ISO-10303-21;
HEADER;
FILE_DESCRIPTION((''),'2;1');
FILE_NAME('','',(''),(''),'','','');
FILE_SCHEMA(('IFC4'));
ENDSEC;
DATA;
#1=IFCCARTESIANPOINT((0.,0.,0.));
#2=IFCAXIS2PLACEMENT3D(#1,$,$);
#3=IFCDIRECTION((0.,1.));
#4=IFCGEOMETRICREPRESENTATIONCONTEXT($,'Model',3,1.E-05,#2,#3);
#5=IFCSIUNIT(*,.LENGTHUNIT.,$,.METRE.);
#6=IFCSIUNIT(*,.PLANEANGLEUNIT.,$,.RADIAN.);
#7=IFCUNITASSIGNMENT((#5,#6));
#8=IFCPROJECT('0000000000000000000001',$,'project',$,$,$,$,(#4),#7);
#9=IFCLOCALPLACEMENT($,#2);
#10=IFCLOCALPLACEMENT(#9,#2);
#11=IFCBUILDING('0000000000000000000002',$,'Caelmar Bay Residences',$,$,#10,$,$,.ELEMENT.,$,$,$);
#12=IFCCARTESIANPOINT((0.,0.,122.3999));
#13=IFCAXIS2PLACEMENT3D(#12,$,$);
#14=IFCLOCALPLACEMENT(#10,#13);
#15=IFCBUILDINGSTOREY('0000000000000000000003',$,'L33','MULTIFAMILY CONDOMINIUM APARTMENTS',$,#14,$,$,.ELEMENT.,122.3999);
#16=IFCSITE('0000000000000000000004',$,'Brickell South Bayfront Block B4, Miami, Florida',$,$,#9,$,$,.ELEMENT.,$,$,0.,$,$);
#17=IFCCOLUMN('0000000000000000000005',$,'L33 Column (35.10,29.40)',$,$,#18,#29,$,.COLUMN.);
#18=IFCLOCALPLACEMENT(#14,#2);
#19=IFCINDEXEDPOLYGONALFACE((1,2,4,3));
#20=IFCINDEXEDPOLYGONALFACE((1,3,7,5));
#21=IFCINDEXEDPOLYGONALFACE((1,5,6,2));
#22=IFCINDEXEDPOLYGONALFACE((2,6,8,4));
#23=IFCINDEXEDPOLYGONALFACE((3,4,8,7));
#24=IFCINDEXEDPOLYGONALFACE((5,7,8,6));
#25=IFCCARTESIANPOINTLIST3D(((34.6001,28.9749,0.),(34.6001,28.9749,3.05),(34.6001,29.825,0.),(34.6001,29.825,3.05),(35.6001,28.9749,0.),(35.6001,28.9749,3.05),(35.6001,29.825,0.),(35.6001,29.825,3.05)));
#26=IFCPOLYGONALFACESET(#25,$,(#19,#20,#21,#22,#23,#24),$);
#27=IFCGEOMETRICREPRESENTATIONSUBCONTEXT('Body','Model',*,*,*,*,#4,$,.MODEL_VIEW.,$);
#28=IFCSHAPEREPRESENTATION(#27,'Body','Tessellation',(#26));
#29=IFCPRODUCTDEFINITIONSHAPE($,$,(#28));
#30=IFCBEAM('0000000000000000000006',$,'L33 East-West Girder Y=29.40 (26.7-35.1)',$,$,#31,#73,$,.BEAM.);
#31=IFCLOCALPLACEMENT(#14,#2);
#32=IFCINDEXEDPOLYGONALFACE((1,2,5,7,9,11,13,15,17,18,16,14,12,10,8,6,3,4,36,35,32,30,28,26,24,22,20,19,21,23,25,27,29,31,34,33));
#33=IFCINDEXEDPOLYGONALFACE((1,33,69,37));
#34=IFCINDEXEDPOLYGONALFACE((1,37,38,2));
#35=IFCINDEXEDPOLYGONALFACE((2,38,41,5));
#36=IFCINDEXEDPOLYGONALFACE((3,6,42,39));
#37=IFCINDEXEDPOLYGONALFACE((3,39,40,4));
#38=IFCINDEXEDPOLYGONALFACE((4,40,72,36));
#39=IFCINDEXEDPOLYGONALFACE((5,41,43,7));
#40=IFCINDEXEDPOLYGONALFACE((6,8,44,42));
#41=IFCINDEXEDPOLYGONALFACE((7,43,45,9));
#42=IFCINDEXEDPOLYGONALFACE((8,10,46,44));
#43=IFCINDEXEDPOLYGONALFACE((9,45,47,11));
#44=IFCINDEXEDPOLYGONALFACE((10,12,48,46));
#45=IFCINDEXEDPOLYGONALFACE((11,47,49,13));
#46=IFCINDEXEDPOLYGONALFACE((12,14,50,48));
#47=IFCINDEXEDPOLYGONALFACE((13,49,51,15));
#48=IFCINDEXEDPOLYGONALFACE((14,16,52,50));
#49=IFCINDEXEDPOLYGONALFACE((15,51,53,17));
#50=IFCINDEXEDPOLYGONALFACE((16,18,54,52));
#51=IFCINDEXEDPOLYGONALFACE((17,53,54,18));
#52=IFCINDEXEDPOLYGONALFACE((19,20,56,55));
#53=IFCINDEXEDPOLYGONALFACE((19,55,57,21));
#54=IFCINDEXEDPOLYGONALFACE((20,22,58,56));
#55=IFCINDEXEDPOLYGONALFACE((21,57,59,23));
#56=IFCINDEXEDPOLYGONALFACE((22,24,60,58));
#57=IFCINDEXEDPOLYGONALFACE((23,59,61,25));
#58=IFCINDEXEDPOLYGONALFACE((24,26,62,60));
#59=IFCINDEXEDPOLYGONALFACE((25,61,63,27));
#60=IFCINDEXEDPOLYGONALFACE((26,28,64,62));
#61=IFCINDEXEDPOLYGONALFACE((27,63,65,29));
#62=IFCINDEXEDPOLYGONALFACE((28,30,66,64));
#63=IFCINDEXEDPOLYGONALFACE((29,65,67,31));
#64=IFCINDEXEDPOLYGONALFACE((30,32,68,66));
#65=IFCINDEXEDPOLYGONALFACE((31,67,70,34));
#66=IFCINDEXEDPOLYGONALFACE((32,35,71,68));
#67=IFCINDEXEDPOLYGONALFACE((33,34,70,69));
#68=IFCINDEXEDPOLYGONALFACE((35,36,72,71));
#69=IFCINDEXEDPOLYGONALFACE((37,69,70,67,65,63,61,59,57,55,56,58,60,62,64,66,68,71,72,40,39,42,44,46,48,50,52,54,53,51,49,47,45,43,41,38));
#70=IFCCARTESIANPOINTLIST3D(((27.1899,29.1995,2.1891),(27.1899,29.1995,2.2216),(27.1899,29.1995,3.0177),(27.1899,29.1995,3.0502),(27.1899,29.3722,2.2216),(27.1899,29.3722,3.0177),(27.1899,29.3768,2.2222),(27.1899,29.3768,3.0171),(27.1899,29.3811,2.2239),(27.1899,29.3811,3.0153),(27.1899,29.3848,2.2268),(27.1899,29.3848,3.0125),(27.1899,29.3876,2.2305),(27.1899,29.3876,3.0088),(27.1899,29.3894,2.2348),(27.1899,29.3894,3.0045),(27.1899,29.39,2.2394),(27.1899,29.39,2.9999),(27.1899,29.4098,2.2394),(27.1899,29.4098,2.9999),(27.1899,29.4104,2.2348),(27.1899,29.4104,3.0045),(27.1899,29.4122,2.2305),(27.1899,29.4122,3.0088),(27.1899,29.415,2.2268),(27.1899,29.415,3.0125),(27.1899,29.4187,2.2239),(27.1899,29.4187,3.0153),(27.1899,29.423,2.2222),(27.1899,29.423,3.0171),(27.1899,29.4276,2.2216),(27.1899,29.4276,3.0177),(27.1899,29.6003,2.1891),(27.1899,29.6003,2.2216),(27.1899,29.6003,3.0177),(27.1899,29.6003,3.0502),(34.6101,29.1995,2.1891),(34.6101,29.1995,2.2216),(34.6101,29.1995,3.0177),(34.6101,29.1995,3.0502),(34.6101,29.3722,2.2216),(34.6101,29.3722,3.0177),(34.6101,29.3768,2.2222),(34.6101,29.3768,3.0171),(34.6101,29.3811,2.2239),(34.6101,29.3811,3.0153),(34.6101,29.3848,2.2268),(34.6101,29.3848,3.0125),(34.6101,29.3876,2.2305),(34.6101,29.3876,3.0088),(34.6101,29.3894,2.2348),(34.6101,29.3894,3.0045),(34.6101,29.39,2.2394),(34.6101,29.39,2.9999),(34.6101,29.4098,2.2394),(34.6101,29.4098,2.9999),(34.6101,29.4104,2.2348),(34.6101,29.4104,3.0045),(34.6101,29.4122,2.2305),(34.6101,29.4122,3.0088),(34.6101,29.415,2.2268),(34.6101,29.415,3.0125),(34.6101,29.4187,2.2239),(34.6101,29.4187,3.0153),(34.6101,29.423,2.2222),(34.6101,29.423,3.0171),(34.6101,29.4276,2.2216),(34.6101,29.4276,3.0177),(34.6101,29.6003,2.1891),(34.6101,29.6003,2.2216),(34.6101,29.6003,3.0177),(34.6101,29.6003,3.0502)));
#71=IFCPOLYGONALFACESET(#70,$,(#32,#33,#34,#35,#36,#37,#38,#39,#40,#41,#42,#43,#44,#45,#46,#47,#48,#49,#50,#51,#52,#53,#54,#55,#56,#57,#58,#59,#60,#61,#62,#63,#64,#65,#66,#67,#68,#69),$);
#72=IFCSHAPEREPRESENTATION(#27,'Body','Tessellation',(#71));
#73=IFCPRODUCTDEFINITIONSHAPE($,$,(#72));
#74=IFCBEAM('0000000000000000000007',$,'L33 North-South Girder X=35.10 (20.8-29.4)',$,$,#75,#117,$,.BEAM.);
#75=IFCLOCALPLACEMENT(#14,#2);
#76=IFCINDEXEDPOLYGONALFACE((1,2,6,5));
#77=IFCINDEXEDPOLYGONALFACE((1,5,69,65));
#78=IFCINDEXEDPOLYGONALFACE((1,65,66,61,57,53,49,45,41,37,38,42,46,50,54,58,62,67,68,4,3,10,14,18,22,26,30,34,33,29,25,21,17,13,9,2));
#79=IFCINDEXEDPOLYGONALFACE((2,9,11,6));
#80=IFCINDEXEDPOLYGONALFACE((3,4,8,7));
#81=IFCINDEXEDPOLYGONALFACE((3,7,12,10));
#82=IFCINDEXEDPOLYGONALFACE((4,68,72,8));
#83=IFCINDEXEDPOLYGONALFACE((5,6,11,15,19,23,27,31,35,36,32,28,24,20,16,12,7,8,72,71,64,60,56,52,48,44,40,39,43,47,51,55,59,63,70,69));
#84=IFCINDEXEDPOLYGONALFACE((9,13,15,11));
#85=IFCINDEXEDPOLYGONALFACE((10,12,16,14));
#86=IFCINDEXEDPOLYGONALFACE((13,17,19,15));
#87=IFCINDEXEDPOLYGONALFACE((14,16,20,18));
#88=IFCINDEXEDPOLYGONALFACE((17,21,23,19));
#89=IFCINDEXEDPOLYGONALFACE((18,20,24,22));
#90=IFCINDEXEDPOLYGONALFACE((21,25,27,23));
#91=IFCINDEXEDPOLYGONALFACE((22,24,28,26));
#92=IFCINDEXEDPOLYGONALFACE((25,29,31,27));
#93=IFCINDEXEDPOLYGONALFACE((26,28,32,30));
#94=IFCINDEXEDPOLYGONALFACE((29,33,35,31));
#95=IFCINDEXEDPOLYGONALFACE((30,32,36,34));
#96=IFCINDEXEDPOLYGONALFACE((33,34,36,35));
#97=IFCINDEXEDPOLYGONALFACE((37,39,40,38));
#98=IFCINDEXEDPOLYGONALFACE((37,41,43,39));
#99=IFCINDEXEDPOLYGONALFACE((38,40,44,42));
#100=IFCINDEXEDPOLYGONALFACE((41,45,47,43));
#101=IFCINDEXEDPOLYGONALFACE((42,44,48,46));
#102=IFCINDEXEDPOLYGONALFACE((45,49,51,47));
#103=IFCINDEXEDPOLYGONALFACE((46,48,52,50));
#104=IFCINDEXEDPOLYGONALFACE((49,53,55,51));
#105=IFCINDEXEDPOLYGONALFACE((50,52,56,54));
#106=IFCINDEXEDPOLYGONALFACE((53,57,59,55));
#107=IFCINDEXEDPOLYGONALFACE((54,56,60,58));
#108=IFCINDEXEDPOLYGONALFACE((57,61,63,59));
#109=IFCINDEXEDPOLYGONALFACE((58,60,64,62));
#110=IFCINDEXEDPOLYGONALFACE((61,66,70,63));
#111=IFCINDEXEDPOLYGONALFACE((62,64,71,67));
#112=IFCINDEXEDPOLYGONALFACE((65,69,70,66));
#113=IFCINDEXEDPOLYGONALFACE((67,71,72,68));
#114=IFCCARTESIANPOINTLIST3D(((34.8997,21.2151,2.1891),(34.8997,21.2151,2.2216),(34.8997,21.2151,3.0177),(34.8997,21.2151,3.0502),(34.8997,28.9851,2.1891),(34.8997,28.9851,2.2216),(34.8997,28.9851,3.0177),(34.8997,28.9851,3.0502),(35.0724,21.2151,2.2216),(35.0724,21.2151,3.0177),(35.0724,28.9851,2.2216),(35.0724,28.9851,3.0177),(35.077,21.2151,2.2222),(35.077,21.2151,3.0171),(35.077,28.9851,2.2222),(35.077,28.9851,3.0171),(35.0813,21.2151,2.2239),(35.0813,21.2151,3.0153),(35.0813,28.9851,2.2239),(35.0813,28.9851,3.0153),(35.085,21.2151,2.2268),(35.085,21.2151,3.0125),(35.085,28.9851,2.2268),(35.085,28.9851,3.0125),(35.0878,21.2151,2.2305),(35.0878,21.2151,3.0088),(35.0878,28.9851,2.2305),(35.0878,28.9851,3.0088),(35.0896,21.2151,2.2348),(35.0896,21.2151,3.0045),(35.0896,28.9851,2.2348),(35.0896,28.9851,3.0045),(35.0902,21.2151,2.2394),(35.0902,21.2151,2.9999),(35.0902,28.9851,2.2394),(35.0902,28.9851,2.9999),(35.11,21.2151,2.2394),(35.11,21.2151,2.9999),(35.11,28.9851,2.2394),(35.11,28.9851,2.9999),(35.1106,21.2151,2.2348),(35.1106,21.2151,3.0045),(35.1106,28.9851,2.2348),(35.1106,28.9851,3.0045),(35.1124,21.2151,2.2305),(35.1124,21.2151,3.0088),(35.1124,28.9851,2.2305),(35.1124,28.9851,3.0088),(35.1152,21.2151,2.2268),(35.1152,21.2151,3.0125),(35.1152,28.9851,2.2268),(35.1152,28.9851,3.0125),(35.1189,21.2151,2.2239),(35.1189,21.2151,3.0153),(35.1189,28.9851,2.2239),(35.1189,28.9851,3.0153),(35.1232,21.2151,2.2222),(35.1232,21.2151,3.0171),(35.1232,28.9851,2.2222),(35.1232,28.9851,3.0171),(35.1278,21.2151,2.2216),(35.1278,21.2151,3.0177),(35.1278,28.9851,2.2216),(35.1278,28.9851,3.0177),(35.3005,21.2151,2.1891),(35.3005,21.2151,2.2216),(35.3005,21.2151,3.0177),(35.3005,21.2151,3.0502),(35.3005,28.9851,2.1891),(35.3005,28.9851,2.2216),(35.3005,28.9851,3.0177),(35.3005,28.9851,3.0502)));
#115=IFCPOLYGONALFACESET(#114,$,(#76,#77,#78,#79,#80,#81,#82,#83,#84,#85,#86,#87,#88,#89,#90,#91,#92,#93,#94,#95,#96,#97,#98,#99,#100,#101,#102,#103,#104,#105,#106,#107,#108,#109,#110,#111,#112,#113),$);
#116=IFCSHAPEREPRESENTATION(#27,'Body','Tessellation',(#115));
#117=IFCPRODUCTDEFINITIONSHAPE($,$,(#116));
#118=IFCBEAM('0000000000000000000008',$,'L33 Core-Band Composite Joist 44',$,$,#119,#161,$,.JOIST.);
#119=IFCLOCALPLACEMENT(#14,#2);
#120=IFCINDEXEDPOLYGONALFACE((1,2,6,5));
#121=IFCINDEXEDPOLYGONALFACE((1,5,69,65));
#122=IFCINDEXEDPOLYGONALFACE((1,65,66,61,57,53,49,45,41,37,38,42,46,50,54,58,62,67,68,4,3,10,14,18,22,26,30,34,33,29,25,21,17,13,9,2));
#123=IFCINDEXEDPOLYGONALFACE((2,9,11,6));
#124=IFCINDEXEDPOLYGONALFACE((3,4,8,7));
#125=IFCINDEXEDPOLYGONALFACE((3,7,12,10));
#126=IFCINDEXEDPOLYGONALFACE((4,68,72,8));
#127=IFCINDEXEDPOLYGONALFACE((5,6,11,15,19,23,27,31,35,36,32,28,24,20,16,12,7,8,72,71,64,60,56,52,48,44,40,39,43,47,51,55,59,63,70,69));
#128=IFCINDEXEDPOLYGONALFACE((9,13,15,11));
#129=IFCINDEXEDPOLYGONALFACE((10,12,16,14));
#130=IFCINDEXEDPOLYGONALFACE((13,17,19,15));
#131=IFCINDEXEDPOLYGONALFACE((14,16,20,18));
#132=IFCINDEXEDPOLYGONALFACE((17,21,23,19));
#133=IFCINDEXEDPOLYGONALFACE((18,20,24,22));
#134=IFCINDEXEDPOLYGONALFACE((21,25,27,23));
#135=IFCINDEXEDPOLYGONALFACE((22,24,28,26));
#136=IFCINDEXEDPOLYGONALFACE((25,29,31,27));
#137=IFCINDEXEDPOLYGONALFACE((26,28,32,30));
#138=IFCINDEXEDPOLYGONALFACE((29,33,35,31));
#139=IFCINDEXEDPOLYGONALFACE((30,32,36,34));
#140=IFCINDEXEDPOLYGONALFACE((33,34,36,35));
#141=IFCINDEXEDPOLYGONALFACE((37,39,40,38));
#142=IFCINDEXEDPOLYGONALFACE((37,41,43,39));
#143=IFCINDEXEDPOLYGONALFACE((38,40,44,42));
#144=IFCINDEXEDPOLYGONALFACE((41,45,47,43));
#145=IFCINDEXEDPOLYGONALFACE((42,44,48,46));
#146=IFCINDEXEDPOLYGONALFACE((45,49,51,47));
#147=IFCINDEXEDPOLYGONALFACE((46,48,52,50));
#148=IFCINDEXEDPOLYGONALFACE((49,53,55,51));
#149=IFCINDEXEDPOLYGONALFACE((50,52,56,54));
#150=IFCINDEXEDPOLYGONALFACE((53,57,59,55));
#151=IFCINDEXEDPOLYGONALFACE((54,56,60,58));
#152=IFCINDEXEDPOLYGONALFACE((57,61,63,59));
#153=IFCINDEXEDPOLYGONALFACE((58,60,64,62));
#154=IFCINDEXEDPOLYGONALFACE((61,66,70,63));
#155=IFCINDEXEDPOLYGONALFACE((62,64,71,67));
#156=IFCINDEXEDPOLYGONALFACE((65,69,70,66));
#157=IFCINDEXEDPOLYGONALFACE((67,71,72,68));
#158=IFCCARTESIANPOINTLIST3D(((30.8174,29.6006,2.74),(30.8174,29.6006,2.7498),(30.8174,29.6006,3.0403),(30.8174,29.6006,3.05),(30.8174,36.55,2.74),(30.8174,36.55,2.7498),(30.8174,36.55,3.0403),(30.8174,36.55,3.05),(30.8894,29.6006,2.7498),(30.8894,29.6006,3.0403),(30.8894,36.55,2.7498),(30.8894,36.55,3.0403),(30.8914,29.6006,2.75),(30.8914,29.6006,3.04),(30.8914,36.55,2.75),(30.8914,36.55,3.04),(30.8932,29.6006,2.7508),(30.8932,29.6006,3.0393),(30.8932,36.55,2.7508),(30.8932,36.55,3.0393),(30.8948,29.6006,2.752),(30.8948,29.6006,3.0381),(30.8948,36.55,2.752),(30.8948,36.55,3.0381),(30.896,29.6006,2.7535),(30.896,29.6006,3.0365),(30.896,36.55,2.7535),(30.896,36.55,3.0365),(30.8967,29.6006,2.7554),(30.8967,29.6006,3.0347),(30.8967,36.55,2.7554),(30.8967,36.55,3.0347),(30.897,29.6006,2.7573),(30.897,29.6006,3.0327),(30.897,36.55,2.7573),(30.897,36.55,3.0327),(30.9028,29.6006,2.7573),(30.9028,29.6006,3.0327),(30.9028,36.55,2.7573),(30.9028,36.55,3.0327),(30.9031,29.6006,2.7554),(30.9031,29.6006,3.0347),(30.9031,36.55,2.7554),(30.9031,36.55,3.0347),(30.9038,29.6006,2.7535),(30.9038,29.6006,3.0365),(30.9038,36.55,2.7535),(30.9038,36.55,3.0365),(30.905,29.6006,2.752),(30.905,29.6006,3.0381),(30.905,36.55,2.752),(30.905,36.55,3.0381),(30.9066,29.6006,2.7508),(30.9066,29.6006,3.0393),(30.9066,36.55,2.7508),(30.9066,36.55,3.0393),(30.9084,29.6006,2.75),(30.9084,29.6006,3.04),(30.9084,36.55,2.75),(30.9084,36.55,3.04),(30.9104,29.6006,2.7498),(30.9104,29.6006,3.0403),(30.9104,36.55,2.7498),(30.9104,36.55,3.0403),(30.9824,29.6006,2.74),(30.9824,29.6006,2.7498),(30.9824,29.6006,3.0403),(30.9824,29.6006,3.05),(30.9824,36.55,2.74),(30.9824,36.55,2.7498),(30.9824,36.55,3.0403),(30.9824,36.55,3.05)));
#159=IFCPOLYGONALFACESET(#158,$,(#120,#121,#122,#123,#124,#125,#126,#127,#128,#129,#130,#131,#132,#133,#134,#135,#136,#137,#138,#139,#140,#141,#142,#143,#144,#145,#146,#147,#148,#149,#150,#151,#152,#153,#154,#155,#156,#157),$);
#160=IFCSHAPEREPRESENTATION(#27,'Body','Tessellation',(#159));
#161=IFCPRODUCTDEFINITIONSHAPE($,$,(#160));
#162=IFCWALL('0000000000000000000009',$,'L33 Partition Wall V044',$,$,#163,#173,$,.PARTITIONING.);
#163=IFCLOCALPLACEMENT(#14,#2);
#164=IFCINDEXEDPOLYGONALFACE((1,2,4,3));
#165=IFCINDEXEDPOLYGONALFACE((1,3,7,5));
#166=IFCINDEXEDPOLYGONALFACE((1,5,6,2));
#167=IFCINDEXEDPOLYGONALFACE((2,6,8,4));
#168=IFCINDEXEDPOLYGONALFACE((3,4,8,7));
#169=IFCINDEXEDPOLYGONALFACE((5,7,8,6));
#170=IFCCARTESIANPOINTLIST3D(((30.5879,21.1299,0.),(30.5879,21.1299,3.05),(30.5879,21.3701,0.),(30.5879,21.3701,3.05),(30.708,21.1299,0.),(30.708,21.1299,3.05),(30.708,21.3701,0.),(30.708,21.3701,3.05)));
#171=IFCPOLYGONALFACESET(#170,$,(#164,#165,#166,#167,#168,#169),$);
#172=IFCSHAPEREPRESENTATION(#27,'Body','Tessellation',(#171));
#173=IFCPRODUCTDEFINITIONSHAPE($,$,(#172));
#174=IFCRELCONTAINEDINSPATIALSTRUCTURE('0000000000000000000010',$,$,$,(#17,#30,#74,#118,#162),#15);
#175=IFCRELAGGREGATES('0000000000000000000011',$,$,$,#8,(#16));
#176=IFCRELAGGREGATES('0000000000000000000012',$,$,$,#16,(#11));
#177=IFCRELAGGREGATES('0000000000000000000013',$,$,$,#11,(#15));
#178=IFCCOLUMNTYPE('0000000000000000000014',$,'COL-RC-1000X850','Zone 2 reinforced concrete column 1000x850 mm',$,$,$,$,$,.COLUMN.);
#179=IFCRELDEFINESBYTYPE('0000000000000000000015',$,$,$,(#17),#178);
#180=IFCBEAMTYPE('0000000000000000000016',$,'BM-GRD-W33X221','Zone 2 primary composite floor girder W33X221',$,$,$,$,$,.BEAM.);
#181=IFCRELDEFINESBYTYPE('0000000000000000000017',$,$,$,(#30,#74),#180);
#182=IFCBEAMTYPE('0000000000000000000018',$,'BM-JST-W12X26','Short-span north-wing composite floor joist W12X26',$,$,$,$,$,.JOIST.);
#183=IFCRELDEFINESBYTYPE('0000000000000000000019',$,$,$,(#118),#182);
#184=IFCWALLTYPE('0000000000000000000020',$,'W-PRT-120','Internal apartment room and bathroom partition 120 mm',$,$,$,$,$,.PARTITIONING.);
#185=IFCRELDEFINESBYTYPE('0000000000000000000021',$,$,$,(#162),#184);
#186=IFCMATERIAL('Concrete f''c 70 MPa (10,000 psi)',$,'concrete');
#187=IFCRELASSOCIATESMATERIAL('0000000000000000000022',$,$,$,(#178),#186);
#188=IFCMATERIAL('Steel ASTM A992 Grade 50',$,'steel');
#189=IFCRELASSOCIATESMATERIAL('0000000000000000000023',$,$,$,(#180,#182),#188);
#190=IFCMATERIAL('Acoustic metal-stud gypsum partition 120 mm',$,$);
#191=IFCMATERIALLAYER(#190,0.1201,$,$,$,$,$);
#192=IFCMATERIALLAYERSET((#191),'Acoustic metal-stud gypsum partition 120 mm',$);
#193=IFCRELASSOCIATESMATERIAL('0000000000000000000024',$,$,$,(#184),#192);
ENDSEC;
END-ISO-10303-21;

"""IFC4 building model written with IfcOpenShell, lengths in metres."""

from ifc_helpers import new_model, si_unit, direction, frame, frame_2d, origin, origin_2d, place, context, subcontext, project, spatial, rectangle, i_section, extrude, material, layer, layer_set, material_profile, profile_set, type_object, element, save


model = new_model("IFC4")

# Units and contexts
model_context = context("Model", 3, precision=1e-05, world=origin(), true_north=direction((0.0, 1.0)))
body_context = subcontext(model_context, "Body", "Model", "MODEL_VIEW")
ifc_project = project(units=[si_unit("LENGTHUNIT", "METRE"), si_unit("PLANEANGLEUNIT", "RADIAN")], contexts=[model_context])

# Site, building, storey
site_placement = place(None, origin())
site = spatial("IfcSite", under=ifc_project, at=site_placement, Name="Brickell South Bayfront Block B4, Miami, Florida", CompositionType="ELEMENT", RefElevation=0.0)
building_placement = place(site_placement, origin())
building = spatial("IfcBuilding", under=site, at=building_placement, Name="Caelmar Bay Residences", CompositionType="ELEMENT")
storey_placement = place(building_placement, frame((0.0, 0.0, 122.3999)))
storey = spatial("IfcBuildingStorey", under=building, at=storey_placement, Name="L33", Description="MULTIFAMILY CONDOMINIUM APARTMENTS", CompositionType="ELEMENT", Elevation=122.3999)

# Column
ifc_material_1 = material(Name="Concrete f'c 70 MPa (10,000 psi)", Category="concrete")
ifc_material_profile_1 = material_profile(ifc_material_1, rectangle(XDim=1.0, YDim=0.8501, at=origin_2d()), Name="RC-COL-1000X850")
ifc_profile_set_1 = profile_set([ifc_material_profile_1], Name="Concrete f'c 70 MPa (10,000 psi)")
column_type = type_object("IfcColumnType", Name="COL-RC-1000X850", Description="Zone 2 reinforced concrete column 1000x850 mm", PredefinedType="COLUMN", material=ifc_profile_set_1)
column_placement = place(storey_placement, frame((35.1001, 29.3999, 0.0), z_axis=(0.0, 0.0, 1.0), x_axis=(1.0, 0.0, 0.0)))
element("IfcColumn", 1, at=column_placement, inside=storey, type_object=column_type, Name="L33 Column (35.10,29.40)", PredefinedType="COLUMN", context=body_context, shape_type="SweptSolid", body=[
    extrude(rectangle(XDim=1.0, YDim=0.8501, at=origin_2d()), origin(), (0.0, 0.0, 1.0), 3.05),
])

# Beams
ifc_material_2 = material(Name="Steel ASTM A992 Grade 50", Category="steel")
ifc_material_profile_2 = material_profile(ifc_material_2, i_section(OverallWidth=0.4009, OverallDepth=0.8611, WebThickness=0.0198, FlangeThickness=0.0325, FilletRadius=0.0178, at=origin_2d()), Name="W33X221")
ifc_profile_set_2 = profile_set([ifc_material_profile_2], Name="Steel ASTM A992 Grade 50")
beam_type_1 = type_object("IfcBeamType", Name="BM-GRD-W33X221", Description="Zone 2 primary composite floor girder W33X221", PredefinedType="BEAM", material=ifc_profile_set_2)
beam_1_placement = place(storey_placement, frame((27.1899, 29.3999, 2.6196), z_axis=(1.0, 0.0, 0.0), x_axis=(0.0, 1.0, 0.0)))
element("IfcBeam", 2, at=beam_1_placement, inside=storey, type_object=beam_type_1, Name="L33 East-West Girder Y=29.40 (26.7-35.1)", PredefinedType="BEAM", context=body_context, shape_type="SweptSolid", body=[
    extrude(i_section(OverallWidth=0.4009, OverallDepth=0.8611, WebThickness=0.0198, FlangeThickness=0.0325, FilletRadius=0.0178, at=origin_2d()), origin(), (0.0, 0.0, 1.0), 7.4202),
])
beam_2_placement = place(storey_placement, frame((35.1001, 21.2151, 2.6196), z_axis=(0.0, 1.0, 0.0), x_axis=(-1.0, 0.0, 0.0)))
element("IfcBeam", 3, at=beam_2_placement, inside=storey, type_object=beam_type_1, Name="L33 North-South Girder X=35.10 (20.8-29.4)", PredefinedType="BEAM", context=body_context, shape_type="SweptSolid", body=[
    extrude(i_section(OverallWidth=0.4009, OverallDepth=0.8611, WebThickness=0.0198, FlangeThickness=0.0325, FilletRadius=0.0178, at=origin_2d()), origin(), (0.0, 0.0, 1.0), 7.77),
])
ifc_material_profile_3 = material_profile(ifc_material_2, i_section(OverallWidth=0.165, OverallDepth=0.3101, WebThickness=0.0059, FlangeThickness=0.0098, FilletRadius=0.0076, at=origin_2d()), Name="W12X26")
ifc_profile_set_3 = profile_set([ifc_material_profile_3], Name="Steel ASTM A992 Grade 50")
beam_type_2 = type_object("IfcBeamType", Name="BM-JST-W12X26", Description="Short-span north-wing composite floor joist W12X26", PredefinedType="JOIST", material=ifc_profile_set_3)
beam_3_placement = place(storey_placement, frame((30.8999, 29.6006, 2.895), z_axis=(0.0, 1.0, 0.0), x_axis=(-1.0, 0.0, 0.0)))
element("IfcBeam", 4, at=beam_3_placement, inside=storey, type_object=beam_type_2, Name="L33 Core-Band Composite Joist 44", PredefinedType="JOIST", context=body_context, shape_type="SweptSolid", body=[
    extrude(i_section(OverallWidth=0.165, OverallDepth=0.3101, WebThickness=0.0059, FlangeThickness=0.0098, FilletRadius=0.0076, at=origin_2d()), origin(), (0.0, 0.0, 1.0), 6.9495),
])

# Wall
ifc_material_3 = material(Name="Acoustic metal-stud gypsum partition 120 mm")
ifc_layer_1 = layer(ifc_material_3, 0.1201)
ifc_layer_set_1 = layer_set([ifc_layer_1], Name="Acoustic metal-stud gypsum partition 120 mm")
wall_type_1 = type_object("IfcWallType", Name="W-PRT-120", Description="Internal apartment room and bathroom partition 120 mm", PredefinedType="PARTITIONING", material=ifc_layer_set_1)
wall_1_placement = place(storey_placement, frame((30.6479, 21.1299, 0.0), z_axis=(0.0, 0.0, 1.0), x_axis=(0.0, 1.0, 0.0)))
element("IfcWall", 5, at=wall_1_placement, inside=storey, type_object=wall_type_1, Name="L33 Partition Wall V044", PredefinedType="PARTITIONING", context=body_context, shape_type="SweptSolid", body=[
    extrude(rectangle(XDim=0.2402, YDim=0.1201, at=frame_2d((0.1201, 0.0))), origin(), (0.0, 0.0, 1.0), 3.05),
])

save(model, "model.ifc")
